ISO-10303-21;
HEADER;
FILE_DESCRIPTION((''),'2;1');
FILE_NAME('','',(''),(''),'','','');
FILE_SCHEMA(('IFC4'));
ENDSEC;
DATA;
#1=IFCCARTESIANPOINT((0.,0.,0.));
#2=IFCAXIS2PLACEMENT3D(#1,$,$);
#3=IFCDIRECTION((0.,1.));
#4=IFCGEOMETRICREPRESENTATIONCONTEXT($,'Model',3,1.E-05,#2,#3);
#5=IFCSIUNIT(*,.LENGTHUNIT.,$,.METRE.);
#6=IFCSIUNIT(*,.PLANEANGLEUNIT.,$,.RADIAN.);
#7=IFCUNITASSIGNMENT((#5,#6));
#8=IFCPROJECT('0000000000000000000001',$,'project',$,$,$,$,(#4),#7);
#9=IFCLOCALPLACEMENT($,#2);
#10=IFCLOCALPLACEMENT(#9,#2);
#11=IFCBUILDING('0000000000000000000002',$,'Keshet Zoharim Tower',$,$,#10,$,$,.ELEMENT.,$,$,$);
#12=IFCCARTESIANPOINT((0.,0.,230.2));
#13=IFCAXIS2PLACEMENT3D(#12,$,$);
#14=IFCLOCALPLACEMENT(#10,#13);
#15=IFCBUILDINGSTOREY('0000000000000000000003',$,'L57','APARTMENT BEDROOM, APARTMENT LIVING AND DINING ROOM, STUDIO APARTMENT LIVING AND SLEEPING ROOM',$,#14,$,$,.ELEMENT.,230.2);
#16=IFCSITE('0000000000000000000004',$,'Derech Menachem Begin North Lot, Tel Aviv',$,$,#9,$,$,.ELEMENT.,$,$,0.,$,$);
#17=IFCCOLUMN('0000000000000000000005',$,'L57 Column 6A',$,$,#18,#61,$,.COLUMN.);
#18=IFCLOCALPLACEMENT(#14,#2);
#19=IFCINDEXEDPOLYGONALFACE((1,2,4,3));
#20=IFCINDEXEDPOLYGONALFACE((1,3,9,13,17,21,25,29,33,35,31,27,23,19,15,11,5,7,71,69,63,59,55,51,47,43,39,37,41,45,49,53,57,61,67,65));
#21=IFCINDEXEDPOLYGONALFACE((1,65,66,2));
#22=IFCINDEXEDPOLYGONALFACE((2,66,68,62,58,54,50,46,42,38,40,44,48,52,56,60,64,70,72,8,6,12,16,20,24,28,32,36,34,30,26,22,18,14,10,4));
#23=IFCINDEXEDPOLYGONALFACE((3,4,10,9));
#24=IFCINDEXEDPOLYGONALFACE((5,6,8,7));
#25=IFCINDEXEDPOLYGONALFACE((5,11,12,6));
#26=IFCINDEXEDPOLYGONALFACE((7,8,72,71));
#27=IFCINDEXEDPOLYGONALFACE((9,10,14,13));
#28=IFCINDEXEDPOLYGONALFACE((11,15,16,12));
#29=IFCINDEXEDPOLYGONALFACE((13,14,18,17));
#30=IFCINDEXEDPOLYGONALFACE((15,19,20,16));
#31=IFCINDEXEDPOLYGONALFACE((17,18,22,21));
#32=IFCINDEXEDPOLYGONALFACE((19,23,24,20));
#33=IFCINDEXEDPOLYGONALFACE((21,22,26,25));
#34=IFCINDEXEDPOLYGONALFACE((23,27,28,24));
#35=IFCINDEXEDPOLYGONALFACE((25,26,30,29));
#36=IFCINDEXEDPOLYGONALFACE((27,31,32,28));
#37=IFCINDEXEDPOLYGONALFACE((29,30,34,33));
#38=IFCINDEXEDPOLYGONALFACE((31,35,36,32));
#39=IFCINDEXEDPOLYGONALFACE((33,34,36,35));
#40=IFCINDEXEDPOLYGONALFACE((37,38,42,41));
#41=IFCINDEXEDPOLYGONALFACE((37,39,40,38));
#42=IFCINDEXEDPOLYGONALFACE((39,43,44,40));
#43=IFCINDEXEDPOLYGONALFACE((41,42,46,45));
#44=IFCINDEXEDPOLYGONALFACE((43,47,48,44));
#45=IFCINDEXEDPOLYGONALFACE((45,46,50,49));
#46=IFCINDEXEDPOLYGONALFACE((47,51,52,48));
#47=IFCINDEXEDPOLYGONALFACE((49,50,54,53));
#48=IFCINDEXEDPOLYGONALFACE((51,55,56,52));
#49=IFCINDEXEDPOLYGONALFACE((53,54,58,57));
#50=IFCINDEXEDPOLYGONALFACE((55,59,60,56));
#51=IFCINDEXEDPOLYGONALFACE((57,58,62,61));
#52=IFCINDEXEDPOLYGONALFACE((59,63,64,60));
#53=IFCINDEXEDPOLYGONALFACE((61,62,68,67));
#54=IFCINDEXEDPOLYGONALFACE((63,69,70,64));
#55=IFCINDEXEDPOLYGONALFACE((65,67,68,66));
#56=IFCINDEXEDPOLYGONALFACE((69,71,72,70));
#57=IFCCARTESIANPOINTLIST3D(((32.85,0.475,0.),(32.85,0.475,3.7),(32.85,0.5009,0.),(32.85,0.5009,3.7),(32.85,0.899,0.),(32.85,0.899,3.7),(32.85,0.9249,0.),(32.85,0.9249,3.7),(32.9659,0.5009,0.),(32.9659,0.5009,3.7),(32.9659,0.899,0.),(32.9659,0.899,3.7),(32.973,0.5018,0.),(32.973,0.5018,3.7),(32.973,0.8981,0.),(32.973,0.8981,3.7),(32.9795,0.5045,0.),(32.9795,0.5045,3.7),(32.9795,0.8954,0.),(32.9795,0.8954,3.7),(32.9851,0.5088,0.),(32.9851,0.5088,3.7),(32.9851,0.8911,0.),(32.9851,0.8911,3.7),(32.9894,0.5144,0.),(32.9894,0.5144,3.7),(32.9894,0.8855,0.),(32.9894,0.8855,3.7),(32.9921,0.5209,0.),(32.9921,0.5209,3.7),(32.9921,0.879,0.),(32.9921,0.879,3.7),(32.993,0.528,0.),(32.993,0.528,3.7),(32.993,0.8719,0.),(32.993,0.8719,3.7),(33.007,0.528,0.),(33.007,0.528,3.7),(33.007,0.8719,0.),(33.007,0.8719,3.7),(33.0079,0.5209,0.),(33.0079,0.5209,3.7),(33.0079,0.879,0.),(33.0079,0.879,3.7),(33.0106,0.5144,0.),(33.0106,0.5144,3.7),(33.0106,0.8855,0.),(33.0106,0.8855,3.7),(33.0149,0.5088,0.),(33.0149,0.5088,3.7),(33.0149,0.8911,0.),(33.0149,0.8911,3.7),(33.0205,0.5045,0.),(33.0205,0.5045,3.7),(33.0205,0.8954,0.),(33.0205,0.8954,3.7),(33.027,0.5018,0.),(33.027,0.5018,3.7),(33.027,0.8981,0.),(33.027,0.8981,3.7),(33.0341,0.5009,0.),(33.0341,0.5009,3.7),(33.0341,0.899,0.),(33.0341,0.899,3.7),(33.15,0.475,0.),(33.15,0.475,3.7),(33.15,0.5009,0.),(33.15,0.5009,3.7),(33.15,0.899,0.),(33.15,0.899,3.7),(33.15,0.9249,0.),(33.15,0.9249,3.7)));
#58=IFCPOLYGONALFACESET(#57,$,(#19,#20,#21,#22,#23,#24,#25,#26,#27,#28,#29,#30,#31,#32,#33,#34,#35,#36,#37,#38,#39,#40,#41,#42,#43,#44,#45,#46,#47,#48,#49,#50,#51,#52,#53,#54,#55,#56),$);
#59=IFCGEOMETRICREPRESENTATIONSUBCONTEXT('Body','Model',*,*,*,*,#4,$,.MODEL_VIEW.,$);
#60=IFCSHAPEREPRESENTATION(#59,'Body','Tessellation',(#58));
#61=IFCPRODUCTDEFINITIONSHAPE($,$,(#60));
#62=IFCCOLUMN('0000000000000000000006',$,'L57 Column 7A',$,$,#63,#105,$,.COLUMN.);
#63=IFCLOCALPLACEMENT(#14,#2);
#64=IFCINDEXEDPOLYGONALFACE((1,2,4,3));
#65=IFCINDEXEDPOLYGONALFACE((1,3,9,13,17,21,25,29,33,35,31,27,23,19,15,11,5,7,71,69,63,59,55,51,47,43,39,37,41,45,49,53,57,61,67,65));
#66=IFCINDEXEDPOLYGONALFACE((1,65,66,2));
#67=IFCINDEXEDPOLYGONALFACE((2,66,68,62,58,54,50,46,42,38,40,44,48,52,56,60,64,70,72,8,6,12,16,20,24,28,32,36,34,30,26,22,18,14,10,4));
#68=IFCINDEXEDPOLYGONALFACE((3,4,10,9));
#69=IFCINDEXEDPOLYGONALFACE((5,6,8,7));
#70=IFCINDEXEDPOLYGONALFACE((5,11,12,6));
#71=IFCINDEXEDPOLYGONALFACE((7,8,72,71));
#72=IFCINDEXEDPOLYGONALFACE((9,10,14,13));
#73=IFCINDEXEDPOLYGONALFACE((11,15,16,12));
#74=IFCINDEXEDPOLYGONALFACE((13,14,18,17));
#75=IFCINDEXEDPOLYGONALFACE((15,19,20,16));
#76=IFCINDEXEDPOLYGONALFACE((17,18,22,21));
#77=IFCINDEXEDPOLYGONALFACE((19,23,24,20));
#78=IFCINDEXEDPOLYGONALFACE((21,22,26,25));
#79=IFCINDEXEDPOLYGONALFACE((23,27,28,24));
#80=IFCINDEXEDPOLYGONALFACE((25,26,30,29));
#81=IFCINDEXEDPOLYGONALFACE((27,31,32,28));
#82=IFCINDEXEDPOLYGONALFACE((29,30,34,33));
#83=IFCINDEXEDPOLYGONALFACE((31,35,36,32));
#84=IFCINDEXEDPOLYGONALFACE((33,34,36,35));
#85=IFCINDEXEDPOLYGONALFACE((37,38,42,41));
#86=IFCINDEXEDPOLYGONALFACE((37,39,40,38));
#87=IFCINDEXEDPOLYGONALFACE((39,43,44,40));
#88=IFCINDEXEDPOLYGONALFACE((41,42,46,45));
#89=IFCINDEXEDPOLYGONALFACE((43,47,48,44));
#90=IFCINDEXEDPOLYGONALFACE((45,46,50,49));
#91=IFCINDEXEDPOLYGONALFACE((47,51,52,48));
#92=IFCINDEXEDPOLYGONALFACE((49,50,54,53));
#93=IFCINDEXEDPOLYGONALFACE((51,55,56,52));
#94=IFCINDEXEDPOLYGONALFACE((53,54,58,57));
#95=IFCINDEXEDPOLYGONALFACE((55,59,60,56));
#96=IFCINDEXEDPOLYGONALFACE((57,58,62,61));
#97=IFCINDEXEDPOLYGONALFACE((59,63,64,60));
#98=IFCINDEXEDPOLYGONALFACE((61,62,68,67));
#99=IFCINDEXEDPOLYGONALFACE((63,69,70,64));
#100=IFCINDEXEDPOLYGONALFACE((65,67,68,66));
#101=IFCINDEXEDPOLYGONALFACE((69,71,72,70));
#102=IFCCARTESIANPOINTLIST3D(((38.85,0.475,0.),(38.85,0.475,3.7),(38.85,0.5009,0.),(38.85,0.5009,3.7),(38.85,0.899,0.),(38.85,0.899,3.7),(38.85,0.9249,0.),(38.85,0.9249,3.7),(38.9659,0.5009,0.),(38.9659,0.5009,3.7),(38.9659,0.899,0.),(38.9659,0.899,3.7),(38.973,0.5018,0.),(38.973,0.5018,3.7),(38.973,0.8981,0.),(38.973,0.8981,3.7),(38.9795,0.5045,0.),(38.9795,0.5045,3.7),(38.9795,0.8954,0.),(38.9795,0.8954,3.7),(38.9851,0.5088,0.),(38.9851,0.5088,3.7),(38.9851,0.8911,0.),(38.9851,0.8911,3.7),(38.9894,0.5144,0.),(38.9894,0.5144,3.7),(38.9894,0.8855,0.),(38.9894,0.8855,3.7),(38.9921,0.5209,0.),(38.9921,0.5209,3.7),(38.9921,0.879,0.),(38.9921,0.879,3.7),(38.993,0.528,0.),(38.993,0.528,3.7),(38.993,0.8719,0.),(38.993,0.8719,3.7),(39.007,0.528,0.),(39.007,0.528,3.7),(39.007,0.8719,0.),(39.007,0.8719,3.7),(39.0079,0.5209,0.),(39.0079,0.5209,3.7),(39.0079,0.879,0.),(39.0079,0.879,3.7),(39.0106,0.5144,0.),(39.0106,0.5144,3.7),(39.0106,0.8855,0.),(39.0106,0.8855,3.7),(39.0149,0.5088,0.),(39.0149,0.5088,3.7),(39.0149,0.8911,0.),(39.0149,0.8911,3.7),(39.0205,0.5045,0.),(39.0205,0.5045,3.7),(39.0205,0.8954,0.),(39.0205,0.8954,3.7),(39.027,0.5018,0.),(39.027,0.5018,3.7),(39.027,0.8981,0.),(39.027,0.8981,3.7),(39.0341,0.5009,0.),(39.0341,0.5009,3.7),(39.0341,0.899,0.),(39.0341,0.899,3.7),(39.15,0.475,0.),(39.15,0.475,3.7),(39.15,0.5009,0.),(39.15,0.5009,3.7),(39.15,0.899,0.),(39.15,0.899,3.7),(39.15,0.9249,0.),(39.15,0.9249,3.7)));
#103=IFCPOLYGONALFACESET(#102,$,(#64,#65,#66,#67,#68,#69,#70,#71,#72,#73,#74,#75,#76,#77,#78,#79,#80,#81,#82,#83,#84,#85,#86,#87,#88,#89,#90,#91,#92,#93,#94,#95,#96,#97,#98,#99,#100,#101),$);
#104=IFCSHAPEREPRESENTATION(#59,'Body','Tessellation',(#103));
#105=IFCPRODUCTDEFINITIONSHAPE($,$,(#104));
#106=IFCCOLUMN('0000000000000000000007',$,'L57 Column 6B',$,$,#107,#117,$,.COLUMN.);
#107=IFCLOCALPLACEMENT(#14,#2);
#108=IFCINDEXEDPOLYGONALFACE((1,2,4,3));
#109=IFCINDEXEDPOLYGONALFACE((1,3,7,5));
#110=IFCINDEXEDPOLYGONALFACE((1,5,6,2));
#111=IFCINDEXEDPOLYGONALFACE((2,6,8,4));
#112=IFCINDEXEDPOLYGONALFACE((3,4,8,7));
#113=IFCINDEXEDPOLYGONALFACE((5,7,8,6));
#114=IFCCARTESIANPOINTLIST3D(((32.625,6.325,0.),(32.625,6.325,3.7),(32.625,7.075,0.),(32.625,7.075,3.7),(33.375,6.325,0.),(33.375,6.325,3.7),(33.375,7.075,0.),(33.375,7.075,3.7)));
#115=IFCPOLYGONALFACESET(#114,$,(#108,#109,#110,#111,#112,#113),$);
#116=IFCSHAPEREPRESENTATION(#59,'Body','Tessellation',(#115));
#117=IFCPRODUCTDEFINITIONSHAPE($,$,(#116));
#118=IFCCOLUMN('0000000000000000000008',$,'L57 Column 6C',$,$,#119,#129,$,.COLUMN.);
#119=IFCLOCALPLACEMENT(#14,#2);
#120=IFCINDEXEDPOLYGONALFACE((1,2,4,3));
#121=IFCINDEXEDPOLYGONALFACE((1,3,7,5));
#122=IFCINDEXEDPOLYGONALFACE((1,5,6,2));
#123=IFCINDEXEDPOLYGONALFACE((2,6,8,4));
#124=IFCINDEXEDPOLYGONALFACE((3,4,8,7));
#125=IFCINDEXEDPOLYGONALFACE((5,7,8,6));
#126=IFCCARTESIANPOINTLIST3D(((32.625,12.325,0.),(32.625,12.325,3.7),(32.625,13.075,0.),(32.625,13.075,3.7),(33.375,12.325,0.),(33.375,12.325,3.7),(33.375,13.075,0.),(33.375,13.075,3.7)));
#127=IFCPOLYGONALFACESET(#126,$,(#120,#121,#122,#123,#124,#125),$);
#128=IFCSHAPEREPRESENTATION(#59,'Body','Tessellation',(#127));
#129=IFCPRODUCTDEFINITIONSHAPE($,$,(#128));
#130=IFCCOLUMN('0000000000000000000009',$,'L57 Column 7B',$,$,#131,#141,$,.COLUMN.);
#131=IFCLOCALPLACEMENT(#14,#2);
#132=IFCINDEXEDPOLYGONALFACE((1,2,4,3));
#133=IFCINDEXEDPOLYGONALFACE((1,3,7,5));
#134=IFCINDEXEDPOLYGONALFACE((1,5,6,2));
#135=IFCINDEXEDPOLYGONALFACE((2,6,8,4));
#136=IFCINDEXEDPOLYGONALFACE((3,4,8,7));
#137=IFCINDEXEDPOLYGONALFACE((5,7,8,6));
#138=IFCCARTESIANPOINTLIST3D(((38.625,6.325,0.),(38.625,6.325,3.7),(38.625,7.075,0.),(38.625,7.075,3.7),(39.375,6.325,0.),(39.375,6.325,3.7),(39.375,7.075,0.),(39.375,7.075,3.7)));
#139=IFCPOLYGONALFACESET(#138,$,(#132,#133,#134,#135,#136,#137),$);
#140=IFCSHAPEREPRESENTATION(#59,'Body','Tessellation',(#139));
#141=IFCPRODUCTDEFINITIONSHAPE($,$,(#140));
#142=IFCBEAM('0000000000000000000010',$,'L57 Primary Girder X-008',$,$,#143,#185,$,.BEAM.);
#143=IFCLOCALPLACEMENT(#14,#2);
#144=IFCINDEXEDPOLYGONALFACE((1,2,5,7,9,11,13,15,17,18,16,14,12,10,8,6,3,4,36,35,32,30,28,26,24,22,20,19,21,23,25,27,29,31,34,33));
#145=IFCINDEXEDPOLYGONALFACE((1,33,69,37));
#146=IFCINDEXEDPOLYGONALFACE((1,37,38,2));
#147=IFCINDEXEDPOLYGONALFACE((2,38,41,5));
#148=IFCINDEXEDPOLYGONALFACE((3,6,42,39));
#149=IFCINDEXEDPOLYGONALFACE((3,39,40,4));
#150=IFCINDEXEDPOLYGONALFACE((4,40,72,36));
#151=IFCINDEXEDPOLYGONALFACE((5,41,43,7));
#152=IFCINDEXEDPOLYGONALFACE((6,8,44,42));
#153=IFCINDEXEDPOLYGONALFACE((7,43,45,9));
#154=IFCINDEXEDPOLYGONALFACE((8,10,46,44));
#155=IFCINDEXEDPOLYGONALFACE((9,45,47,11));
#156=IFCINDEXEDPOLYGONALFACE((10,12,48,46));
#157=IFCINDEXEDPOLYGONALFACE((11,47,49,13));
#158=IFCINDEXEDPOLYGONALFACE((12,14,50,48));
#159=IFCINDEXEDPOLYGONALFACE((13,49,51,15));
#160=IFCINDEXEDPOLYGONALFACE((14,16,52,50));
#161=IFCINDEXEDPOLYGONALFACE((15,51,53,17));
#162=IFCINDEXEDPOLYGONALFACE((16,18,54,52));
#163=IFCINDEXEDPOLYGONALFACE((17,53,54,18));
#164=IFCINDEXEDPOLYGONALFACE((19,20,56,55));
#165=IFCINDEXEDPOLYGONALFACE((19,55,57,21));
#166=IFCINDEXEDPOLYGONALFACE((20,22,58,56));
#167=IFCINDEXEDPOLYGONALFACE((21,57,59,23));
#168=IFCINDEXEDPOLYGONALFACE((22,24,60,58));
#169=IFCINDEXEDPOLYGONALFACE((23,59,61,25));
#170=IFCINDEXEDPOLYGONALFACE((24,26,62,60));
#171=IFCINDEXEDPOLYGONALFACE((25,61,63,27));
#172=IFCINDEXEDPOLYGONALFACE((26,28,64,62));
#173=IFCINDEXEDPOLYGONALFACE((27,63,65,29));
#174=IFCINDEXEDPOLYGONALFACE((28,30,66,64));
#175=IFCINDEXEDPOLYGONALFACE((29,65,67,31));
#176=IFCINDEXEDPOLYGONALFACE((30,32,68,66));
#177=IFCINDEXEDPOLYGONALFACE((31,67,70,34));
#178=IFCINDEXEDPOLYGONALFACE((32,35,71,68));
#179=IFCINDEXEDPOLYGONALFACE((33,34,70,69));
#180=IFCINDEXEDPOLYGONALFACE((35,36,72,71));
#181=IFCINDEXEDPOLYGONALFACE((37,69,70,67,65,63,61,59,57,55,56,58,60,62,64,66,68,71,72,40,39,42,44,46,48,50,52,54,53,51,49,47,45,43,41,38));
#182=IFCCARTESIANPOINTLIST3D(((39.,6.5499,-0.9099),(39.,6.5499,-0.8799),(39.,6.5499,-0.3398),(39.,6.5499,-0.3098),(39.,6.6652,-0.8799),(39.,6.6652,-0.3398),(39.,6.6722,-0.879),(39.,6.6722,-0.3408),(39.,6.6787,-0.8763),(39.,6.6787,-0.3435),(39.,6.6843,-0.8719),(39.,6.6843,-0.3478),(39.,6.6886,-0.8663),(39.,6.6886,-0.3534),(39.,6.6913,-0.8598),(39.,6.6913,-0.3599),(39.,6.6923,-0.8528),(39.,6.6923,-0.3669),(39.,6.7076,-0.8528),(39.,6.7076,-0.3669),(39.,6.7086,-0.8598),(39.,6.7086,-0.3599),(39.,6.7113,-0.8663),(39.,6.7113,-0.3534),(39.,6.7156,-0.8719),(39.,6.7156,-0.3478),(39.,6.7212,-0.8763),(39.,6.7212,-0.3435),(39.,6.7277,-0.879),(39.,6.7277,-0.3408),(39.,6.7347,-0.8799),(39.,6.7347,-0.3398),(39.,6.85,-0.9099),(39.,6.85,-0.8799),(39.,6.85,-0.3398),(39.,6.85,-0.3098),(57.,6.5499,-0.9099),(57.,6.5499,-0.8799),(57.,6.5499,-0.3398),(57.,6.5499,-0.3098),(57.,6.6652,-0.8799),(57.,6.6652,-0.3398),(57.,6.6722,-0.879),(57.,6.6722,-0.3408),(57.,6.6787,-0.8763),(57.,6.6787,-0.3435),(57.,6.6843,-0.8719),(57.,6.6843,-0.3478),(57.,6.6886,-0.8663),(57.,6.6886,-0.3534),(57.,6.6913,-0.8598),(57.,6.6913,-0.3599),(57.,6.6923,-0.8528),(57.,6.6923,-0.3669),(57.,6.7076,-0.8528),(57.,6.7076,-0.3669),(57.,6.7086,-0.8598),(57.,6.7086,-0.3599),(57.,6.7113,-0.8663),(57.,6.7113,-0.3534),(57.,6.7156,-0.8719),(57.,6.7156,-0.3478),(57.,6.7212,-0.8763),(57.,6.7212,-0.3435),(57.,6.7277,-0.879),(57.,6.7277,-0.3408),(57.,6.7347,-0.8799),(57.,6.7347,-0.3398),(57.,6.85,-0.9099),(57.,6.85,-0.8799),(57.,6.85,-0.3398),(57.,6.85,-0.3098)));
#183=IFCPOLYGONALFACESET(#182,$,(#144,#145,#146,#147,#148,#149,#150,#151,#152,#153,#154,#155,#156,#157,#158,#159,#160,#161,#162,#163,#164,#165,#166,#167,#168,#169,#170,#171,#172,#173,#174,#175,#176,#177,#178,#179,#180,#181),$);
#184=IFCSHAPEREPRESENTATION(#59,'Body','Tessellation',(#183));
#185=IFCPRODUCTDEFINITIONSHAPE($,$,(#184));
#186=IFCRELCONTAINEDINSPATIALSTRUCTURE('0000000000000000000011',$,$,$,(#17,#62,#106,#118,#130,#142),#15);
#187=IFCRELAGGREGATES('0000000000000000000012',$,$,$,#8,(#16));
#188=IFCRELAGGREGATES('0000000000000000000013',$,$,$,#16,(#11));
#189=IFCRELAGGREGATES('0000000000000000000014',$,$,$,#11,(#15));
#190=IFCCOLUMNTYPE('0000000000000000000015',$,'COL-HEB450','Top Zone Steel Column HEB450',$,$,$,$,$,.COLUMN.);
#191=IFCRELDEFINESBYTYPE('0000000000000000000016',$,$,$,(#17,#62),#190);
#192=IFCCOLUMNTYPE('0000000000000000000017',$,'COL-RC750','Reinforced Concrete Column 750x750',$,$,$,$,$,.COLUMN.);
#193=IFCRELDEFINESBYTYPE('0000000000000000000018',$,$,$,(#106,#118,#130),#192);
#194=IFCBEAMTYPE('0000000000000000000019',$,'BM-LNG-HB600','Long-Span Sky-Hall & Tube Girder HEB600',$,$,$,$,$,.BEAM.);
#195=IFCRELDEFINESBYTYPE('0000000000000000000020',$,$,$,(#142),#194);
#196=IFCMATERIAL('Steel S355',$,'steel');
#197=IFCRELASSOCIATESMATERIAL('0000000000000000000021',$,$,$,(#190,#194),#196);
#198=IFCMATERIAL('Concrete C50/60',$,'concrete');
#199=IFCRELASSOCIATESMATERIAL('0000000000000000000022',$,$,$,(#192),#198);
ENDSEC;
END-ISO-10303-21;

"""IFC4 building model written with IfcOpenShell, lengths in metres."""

from ifc_helpers import new_model, si_unit, direction, frame, origin, origin_2d, place, context, subcontext, project, spatial, rectangle, i_section, extrude, material, material_profile, profile_set, type_object, element, save


model = new_model("IFC4")

# Units and contexts
model_context = context("Model", 3, precision=1e-05, world=origin(), true_north=direction((0.0, 1.0)))
body_context = subcontext(model_context, "Body", "Model", "MODEL_VIEW")
ifc_project = project(units=[si_unit("LENGTHUNIT", "METRE"), si_unit("PLANEANGLEUNIT", "RADIAN")], contexts=[model_context])

# Site, building, storey
site_placement = place(None, origin())
site = spatial("IfcSite", under=ifc_project, at=site_placement, Name="Derech Menachem Begin North Lot, Tel Aviv", CompositionType="ELEMENT", RefElevation=0.0)
building_placement = place(site_placement, origin())
building = spatial("IfcBuilding", under=site, at=building_placement, Name="Keshet Zoharim Tower", CompositionType="ELEMENT")
storey_placement = place(building_placement, frame((0.0, 0.0, 230.2)))
storey = spatial("IfcBuildingStorey", under=building, at=storey_placement, Name="L57", Description="APARTMENT BEDROOM, APARTMENT LIVING AND DINING ROOM, STUDIO APARTMENT LIVING AND SLEEPING ROOM", CompositionType="ELEMENT", Elevation=230.2)

# Columns
ifc_material_1 = material(Name="Steel S355", Category="steel")
ifc_material_profile_1 = material_profile(ifc_material_1, i_section(OverallWidth=0.3, OverallDepth=0.45, WebThickness=0.0139, FlangeThickness=0.0259, FilletRadius=0.0271, at=origin_2d()), Name="HEB450")
ifc_profile_set_1 = profile_set([ifc_material_profile_1], Name="Steel S355")
column_type_1 = type_object("IfcColumnType", Name="COL-HEB450", Description="Top Zone Steel Column HEB450", PredefinedType="COLUMN", material=ifc_profile_set_1)
for number, where, z_axis, x_axis, name in (
    (1, (33.0, 0.7, 0.0), (0.0, 0.0, 1.0), (1.0, 0.0, 0.0), "L57 Column 6A"),
    (2, (39.0, 0.7, 0.0), (0.0, 0.0, 1.0), (1.0, 0.0, 0.0), "L57 Column 7A"),
):
    element("IfcColumn", number, at=place(storey_placement, frame(where, z_axis=z_axis, x_axis=x_axis)), inside=storey, type_object=column_type_1, Name=name, PredefinedType="COLUMN", context=body_context, shape_type="SweptSolid", body=[
        extrude(i_section(OverallWidth=0.3, OverallDepth=0.45, WebThickness=0.0139, FlangeThickness=0.0259, FilletRadius=0.0271, at=origin_2d()), origin(), (0.0, 0.0, 1.0), 3.7),
    ])
ifc_material_2 = material(Name="Concrete C50/60", Category="concrete")
ifc_material_profile_2 = material_profile(ifc_material_2, rectangle(XDim=0.75, YDim=0.75, at=origin_2d()), Name="RC750x750")
ifc_profile_set_2 = profile_set([ifc_material_profile_2], Name="Concrete C50/60")
column_type_2 = type_object("IfcColumnType", Name="COL-RC750", Description="Reinforced Concrete Column 750x750", PredefinedType="COLUMN", material=ifc_profile_set_2)
for number, where, z_axis, x_axis, name in (
    (3, (33.0, 6.7, 0.0), (0.0, 0.0, 1.0), (1.0, 0.0, 0.0), "L57 Column 6B"),
    (4, (33.0, 12.7, 0.0), (0.0, 0.0, 1.0), (1.0, 0.0, 0.0), "L57 Column 6C"),
    (5, (39.0, 6.7, 0.0), (0.0, 0.0, 1.0), (1.0, 0.0, 0.0), "L57 Column 7B"),
):
    element("IfcColumn", number, at=place(storey_placement, frame(where, z_axis=z_axis, x_axis=x_axis)), inside=storey, type_object=column_type_2, Name=name, PredefinedType="COLUMN", context=body_context, shape_type="SweptSolid", body=[
        extrude(rectangle(XDim=0.75, YDim=0.75, at=origin_2d()), origin(), (0.0, 0.0, 1.0), 3.7),
    ])

# Beam
ifc_material_profile_3 = material_profile(ifc_material_1, i_section(OverallWidth=0.3, OverallDepth=0.6001, WebThickness=0.0154, FlangeThickness=0.03, FilletRadius=0.0271, at=origin_2d()), Name="HEB600")
ifc_profile_set_3 = profile_set([ifc_material_profile_3], Name="Steel S355")
beam_type_1 = type_object("IfcBeamType", Name="BM-LNG-HB600", Description="Long-Span Sky-Hall & Tube Girder HEB600", PredefinedType="BEAM", material=ifc_profile_set_3)
beam_1_placement = place(storey_placement, frame((39.0, 6.7, -0.6099), z_axis=(1.0, 0.0, 0.0), x_axis=(0.0, 1.0, 0.0)))
element("IfcBeam", 6, at=beam_1_placement, inside=storey, type_object=beam_type_1, Name="L57 Primary Girder X-008", PredefinedType="BEAM", context=body_context, shape_type="SweptSolid", body=[
    extrude(i_section(OverallWidth=0.3, OverallDepth=0.6001, WebThickness=0.0154, FlangeThickness=0.03, FilletRadius=0.0271, at=origin_2d()), origin(), (0.0, 0.0, 1.0), 18.0),
])

save(model, "model.ifc")
